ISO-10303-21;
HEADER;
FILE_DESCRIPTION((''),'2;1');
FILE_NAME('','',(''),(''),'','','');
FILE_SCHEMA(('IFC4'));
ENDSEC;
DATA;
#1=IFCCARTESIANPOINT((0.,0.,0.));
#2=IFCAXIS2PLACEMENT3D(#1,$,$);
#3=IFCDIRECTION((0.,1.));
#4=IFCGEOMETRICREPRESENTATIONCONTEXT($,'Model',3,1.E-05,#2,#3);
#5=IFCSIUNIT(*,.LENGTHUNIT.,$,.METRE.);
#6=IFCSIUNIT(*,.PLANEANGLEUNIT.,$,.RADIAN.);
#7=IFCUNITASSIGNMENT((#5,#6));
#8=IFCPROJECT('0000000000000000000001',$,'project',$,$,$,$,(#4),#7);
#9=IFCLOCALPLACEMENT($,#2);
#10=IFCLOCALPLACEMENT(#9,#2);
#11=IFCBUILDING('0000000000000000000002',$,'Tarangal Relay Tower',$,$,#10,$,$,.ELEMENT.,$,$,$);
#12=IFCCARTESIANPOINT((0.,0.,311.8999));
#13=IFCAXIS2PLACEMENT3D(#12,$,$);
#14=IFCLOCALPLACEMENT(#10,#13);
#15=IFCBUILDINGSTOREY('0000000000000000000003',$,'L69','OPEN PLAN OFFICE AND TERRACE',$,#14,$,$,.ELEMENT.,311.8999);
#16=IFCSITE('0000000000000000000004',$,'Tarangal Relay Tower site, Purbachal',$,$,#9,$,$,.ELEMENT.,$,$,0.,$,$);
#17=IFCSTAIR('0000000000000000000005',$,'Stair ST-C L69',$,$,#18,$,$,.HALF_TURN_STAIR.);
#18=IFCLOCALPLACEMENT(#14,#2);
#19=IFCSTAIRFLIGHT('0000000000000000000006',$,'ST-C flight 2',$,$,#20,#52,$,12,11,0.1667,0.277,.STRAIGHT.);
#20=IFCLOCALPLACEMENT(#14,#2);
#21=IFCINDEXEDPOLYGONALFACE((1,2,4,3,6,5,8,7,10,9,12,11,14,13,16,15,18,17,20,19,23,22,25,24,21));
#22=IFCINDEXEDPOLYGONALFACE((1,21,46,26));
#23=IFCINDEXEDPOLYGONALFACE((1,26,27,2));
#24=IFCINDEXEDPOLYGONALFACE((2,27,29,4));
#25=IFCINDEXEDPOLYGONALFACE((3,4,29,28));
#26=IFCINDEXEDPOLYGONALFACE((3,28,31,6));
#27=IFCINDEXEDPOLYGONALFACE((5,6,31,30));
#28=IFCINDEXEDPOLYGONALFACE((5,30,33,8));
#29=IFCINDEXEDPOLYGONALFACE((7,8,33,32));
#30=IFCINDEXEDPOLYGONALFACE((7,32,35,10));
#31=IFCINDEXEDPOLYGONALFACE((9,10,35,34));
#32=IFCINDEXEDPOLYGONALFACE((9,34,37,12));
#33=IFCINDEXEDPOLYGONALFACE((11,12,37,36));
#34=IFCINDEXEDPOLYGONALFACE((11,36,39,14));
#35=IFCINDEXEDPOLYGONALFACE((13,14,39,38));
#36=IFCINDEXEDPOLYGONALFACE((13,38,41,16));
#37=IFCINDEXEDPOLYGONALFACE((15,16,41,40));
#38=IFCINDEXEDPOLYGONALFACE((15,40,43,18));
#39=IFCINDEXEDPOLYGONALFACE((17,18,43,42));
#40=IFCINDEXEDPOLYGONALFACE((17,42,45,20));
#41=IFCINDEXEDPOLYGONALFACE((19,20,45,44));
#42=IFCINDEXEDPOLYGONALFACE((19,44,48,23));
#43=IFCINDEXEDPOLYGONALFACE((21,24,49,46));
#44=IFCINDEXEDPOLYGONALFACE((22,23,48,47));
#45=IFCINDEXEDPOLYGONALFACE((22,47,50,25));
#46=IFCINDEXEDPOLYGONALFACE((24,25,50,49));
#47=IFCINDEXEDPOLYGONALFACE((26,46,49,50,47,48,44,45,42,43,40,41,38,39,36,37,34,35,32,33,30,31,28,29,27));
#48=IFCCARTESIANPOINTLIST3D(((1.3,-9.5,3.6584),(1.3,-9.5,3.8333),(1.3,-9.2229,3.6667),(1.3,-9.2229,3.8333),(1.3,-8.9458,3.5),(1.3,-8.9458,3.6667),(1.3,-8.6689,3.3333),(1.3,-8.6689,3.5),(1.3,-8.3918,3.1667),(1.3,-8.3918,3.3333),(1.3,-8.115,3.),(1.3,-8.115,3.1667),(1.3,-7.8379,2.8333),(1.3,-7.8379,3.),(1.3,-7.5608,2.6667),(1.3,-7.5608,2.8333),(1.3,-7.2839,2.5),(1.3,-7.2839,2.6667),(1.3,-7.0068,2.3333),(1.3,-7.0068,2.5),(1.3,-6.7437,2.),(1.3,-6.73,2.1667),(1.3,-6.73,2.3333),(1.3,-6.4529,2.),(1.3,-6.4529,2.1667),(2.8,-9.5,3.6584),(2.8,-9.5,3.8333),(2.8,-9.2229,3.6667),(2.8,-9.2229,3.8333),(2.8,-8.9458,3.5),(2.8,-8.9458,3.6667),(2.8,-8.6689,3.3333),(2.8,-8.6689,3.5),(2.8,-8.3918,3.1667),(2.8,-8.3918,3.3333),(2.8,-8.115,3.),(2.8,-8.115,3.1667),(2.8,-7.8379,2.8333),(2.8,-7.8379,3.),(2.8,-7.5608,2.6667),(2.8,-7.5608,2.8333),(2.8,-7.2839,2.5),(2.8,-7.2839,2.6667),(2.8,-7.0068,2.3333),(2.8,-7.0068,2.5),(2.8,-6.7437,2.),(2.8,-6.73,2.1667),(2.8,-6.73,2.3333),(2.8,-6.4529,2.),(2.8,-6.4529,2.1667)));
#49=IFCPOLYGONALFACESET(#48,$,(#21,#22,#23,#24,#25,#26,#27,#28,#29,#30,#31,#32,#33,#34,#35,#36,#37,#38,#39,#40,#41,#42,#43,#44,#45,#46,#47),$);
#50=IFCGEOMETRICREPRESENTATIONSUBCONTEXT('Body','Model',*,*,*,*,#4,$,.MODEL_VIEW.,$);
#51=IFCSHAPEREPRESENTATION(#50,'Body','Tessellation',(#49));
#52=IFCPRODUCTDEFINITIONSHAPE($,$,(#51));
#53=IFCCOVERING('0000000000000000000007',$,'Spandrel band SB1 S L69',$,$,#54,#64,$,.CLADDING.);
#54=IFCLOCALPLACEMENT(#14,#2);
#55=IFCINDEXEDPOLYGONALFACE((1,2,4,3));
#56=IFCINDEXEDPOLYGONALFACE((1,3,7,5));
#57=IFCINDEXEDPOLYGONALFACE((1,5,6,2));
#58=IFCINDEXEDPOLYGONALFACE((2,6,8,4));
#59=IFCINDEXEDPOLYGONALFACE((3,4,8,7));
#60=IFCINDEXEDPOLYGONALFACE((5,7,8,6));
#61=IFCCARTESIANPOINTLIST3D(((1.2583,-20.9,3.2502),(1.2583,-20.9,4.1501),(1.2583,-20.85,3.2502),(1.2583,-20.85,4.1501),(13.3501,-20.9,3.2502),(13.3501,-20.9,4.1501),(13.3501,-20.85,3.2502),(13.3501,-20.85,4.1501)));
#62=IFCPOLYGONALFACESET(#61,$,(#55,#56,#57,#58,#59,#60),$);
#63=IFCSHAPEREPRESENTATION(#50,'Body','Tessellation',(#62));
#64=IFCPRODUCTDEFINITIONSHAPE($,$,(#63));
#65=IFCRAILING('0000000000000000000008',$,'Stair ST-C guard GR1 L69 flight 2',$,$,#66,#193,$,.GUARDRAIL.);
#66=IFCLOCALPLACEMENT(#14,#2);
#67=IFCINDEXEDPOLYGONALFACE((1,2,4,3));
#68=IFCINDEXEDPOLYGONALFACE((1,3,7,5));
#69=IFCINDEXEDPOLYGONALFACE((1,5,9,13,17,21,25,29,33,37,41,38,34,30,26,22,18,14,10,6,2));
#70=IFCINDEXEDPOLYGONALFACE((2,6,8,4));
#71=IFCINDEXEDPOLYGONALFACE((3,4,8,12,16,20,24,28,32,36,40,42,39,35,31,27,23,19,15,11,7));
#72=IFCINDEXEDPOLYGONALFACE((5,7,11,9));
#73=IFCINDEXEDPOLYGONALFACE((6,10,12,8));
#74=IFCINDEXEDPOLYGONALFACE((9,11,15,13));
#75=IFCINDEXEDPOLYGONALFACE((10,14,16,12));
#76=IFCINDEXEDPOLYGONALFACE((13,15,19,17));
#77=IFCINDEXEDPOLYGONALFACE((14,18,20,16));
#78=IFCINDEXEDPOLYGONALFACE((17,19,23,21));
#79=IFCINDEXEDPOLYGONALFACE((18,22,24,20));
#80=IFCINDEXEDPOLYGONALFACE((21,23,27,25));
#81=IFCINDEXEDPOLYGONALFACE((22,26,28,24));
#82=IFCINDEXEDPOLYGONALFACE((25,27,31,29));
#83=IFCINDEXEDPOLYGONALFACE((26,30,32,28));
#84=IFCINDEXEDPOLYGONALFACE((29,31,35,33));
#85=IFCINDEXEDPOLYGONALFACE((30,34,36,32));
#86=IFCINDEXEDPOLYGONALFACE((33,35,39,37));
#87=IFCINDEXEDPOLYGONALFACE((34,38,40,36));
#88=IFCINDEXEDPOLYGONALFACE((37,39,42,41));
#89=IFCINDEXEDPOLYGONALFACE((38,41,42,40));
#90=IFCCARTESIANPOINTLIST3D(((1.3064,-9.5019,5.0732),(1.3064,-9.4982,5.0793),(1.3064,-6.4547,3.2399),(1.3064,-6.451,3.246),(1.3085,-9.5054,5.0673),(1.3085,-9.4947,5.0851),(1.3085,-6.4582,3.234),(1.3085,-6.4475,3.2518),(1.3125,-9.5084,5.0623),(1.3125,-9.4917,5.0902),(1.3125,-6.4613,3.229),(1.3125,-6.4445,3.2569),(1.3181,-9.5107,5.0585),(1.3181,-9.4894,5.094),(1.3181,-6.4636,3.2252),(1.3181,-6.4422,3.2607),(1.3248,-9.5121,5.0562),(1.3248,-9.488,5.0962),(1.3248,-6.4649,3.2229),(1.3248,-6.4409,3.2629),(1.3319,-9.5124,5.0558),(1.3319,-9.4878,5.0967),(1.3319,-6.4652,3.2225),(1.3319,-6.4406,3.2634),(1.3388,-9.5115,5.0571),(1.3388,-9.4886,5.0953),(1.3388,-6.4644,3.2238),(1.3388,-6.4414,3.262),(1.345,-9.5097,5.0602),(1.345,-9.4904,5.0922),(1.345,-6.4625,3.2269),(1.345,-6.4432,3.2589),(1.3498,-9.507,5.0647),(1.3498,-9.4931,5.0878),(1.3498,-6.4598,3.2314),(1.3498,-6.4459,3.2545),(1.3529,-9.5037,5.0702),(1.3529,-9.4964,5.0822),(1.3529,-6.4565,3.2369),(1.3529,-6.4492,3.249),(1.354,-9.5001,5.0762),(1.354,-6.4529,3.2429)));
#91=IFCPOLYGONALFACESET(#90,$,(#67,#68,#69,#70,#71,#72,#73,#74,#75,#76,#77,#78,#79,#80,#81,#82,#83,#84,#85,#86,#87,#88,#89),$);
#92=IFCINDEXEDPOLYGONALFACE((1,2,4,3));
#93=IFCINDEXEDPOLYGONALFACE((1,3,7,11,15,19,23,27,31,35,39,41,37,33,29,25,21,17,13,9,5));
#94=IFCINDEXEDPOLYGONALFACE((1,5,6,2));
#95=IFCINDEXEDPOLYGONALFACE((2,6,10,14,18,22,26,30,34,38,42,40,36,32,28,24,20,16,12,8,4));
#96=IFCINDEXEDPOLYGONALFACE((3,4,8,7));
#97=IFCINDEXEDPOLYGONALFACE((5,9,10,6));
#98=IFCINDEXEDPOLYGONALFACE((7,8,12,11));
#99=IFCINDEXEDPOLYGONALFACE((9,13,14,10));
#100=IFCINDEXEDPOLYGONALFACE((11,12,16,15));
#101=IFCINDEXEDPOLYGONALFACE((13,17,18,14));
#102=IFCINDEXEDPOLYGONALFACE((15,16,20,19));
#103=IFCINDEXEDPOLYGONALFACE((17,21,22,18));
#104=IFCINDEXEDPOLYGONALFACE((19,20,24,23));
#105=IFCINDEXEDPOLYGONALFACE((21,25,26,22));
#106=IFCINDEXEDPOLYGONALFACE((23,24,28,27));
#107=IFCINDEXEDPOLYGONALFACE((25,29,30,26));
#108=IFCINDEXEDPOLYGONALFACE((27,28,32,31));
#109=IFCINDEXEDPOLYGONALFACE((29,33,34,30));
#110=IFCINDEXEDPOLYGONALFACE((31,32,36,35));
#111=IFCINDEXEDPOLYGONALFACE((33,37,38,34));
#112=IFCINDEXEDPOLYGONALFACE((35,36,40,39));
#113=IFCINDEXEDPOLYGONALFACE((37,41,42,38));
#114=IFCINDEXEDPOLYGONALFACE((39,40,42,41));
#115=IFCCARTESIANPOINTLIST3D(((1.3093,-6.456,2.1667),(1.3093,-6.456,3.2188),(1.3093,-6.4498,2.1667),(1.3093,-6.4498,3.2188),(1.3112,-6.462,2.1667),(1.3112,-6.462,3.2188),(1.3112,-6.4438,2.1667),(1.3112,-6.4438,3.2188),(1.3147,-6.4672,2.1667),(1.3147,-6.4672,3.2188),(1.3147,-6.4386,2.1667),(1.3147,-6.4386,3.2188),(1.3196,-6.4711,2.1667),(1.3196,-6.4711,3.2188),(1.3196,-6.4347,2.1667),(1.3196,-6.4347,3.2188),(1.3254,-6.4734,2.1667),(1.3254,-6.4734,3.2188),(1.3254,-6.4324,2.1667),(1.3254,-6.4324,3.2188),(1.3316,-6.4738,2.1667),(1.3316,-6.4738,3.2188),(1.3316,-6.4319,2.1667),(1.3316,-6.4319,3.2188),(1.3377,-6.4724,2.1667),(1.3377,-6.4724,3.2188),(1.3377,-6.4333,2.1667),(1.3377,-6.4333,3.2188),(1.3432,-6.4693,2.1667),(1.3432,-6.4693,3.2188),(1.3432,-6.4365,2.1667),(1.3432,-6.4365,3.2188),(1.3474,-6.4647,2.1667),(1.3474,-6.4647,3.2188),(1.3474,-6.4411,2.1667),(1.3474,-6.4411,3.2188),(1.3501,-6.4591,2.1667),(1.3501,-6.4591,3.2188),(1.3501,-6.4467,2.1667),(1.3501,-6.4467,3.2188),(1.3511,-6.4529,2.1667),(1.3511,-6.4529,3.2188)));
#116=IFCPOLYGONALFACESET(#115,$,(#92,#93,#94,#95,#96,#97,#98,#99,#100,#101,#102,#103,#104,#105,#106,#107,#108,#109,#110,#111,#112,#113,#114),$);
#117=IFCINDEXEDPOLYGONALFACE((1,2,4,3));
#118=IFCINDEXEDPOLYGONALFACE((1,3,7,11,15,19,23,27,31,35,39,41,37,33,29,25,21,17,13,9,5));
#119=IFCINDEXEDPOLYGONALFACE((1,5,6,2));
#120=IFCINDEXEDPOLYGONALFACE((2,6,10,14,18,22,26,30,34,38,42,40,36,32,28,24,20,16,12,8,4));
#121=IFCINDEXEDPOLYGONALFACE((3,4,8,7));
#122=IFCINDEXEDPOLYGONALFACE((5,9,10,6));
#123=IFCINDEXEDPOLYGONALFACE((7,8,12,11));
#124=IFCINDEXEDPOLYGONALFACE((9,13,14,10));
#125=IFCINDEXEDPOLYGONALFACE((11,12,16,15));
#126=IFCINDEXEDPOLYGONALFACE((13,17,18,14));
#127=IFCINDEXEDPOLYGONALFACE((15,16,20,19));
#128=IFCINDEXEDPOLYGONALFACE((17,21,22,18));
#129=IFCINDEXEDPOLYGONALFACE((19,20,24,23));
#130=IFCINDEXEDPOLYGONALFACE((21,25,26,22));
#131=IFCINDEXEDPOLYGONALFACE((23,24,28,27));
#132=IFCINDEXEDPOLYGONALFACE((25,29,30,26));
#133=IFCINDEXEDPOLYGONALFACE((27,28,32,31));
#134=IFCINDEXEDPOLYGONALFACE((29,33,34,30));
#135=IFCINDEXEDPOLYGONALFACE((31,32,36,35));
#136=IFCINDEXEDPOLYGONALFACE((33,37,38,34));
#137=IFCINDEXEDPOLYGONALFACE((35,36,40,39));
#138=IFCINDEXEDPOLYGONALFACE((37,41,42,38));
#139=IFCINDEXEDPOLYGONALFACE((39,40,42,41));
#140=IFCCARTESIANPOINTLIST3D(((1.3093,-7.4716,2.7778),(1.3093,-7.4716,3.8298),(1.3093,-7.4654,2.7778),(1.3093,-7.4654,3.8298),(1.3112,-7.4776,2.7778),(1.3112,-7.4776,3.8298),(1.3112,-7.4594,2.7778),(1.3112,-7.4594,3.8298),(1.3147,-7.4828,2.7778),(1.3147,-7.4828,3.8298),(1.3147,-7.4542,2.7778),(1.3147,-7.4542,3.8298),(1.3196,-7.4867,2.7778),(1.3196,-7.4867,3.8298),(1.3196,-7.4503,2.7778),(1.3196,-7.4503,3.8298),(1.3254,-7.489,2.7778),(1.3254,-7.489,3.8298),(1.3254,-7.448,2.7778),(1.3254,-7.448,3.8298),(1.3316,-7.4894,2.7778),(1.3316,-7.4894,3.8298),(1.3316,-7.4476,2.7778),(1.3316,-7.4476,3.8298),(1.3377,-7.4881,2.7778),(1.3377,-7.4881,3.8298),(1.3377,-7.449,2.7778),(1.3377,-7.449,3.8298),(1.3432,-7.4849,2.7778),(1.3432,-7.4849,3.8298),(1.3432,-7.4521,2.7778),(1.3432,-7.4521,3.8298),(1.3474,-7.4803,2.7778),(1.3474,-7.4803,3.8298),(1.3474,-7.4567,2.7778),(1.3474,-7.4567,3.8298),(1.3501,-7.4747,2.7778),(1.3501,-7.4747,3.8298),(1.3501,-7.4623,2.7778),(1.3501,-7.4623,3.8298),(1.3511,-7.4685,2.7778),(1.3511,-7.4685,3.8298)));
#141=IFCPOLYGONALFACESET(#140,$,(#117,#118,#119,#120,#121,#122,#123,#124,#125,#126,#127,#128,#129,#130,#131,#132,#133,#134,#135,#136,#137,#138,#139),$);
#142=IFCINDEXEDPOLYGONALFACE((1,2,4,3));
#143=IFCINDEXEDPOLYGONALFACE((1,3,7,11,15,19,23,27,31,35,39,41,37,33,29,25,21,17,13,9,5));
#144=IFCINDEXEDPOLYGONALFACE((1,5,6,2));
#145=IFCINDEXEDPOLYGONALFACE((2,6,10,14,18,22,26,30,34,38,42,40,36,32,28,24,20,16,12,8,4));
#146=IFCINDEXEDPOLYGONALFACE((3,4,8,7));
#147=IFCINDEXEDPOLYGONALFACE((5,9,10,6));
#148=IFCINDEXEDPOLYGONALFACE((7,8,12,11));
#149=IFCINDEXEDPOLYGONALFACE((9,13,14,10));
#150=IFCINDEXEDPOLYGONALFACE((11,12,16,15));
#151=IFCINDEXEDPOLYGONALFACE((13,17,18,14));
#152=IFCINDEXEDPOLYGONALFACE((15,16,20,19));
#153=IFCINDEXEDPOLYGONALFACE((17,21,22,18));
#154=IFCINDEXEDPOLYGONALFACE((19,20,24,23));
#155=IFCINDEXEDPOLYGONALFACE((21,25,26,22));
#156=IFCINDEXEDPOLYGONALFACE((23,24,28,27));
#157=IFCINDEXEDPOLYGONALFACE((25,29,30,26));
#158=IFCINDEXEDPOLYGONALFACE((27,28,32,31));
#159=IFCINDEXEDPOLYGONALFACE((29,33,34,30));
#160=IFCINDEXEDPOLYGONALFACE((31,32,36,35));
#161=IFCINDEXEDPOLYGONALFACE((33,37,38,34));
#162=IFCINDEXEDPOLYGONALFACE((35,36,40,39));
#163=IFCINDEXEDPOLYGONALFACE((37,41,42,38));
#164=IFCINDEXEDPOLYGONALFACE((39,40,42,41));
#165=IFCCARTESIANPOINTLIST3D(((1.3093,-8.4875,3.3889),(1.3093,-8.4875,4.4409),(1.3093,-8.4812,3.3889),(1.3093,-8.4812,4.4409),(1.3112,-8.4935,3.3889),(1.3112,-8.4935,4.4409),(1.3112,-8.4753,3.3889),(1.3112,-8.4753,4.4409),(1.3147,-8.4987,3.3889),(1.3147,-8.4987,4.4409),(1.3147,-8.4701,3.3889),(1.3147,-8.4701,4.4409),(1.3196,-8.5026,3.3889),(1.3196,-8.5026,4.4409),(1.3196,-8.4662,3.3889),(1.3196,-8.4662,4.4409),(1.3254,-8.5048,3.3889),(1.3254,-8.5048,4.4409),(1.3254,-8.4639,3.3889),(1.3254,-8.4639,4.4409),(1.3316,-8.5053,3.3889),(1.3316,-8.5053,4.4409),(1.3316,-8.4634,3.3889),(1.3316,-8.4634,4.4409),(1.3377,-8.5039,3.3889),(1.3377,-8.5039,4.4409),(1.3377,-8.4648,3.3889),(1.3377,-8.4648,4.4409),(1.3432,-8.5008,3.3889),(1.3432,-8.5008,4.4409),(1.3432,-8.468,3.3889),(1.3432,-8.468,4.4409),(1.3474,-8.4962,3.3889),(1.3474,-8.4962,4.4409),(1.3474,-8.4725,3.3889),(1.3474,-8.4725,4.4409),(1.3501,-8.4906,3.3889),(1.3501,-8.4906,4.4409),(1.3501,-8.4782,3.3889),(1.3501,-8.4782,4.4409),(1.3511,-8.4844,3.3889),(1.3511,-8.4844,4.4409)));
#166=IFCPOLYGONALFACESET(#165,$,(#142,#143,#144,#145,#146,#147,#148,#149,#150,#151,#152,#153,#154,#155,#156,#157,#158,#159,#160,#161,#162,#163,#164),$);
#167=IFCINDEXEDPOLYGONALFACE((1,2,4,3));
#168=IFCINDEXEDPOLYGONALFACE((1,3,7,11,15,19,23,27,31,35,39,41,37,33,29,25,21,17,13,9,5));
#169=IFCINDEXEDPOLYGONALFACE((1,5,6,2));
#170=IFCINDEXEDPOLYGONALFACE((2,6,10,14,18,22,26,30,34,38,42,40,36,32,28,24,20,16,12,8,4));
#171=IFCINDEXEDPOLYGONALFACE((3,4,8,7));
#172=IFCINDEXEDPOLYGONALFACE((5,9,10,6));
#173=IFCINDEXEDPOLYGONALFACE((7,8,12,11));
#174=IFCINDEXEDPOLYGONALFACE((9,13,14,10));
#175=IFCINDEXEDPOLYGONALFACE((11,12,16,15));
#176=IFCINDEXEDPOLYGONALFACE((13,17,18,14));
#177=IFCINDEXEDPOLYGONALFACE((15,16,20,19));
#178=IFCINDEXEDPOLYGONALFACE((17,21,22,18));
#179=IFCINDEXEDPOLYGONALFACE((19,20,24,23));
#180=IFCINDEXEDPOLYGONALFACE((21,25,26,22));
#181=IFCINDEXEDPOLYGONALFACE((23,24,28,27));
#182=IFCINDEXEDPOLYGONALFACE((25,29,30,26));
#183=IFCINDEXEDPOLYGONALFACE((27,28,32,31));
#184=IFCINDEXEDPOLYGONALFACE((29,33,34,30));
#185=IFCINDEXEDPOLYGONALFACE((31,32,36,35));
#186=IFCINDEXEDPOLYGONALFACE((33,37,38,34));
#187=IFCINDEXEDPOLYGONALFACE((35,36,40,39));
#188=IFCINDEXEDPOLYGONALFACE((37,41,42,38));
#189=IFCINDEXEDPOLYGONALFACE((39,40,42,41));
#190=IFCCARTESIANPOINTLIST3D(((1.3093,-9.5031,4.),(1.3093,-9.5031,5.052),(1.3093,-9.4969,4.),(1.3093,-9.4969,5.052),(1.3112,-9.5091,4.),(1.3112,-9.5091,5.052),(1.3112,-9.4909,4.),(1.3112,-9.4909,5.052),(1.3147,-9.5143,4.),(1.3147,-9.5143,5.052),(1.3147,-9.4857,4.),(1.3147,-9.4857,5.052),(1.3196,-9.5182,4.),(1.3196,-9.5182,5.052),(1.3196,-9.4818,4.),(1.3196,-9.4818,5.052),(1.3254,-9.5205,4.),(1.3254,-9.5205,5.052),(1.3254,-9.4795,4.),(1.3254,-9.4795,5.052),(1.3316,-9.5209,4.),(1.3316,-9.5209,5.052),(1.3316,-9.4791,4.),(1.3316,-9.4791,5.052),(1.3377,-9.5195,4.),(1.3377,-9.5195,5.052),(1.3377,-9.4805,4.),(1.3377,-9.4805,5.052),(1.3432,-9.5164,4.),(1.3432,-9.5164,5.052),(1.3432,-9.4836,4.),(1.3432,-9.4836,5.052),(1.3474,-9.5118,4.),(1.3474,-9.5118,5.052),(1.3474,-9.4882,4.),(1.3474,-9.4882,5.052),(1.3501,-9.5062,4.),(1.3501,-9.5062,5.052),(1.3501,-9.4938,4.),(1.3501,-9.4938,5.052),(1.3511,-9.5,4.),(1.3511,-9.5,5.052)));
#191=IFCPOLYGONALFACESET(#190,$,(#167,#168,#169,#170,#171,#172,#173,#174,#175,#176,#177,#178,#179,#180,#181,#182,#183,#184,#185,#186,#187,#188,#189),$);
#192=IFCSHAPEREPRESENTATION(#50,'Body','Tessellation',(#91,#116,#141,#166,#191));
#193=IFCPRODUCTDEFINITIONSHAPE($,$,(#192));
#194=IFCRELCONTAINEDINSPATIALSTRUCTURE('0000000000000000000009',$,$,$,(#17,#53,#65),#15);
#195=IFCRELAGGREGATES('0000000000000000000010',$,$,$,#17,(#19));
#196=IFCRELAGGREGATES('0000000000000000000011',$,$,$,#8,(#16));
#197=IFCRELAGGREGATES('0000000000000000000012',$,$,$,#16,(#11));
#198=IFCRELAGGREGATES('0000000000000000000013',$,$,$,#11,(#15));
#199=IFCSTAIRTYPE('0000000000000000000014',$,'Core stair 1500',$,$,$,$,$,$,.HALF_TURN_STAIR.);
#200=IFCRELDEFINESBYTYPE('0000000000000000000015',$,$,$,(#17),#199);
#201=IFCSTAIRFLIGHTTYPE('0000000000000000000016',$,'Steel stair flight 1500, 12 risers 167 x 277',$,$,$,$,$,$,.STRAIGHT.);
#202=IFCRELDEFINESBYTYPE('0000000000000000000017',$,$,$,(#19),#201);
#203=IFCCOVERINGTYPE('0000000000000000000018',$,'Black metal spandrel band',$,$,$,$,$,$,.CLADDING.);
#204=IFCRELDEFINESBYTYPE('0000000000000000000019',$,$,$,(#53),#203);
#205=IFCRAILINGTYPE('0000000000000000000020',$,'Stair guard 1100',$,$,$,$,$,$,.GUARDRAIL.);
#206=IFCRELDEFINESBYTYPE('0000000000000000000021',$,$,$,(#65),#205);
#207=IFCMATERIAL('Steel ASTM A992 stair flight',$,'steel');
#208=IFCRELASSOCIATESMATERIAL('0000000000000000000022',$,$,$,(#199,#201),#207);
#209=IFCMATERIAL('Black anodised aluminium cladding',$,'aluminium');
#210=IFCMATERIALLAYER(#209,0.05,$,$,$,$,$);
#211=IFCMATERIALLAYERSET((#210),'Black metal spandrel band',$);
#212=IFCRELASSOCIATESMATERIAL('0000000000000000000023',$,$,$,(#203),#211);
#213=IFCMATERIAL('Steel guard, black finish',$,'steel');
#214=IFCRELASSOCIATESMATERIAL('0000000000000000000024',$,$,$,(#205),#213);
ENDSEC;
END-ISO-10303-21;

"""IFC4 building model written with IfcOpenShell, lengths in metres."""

from ifc_helpers import new_model, si_unit, direction, frame, origin, origin_2d, place, context, subcontext, project, spatial, polyline, rectangle, circle, outline, extrude, material, layer, layer_set, type_object, element, aggregate, save


model = new_model("IFC4")

# Units and contexts
model_context = context("Model", 3, precision=1e-05, world=origin(), true_north=direction((0.0, 1.0)))
body_context = subcontext(model_context, "Body", "Model", "MODEL_VIEW")
ifc_project = project(units=[si_unit("LENGTHUNIT", "METRE"), si_unit("PLANEANGLEUNIT", "RADIAN")], contexts=[model_context])

# Site, building, storey
site_placement = place(None, origin())
site = spatial("IfcSite", under=ifc_project, at=site_placement, Name="Tarangal Relay Tower site, Purbachal", CompositionType="ELEMENT", RefElevation=0.0)
building_placement = place(site_placement, origin())
building = spatial("IfcBuilding", under=site, at=building_placement, Name="Tarangal Relay Tower", CompositionType="ELEMENT")
storey_placement = place(building_placement, frame((0.0, 0.0, 311.8999)))
storey = spatial("IfcBuildingStorey", under=building, at=storey_placement, Name="L69", Description="OPEN PLAN OFFICE AND TERRACE", CompositionType="ELEMENT", Elevation=311.8999)

# Stair, stair flight
ifc_material_1 = material(Name="Steel ASTM A992 stair flight", Category="steel")
stair_type = type_object("IfcStairType", Name="Core stair 1500", PredefinedType="HALF_TURN_STAIR", material=ifc_material_1)
stair_placement = place(storey_placement, origin())
stair = element("IfcStair", 1, at=stair_placement, inside=storey, type_object=stair_type, Name="Stair ST-C L69", PredefinedType="HALF_TURN_STAIR")
stair_flight_type = type_object("IfcStairFlightType", Name="Steel stair flight 1500, 12 risers 167 x 277", PredefinedType="STRAIGHT", material=ifc_material_1)
stair_flight_placement = place(storey_placement, frame((2.05, -6.4529, 2.0), z_axis=(0.0, 0.0, 1.0), x_axis=(0.0, -1.0, 0.0)))
stair_flight = element("IfcStairFlight", 2, at=stair_flight_placement, type_object=stair_flight_type, Name="ST-C flight 2", NumberOfRisers=12, NumberOfTreads=11, PredefinedType="STRAIGHT", RiserHeight=0.1667, TreadLength=0.277, context=body_context, shape_type="SweptSolid", body=[
    extrude(outline(polyline([(0.0, 0.0), (0.0, 0.1667), (0.2771, 0.1667), (0.2771, 0.3333), (0.554, 0.3333), (0.554, 0.5), (0.8311, 0.5), (0.8311, 0.6667), (1.1079, 0.6667), (1.1079, 0.8333), (1.385, 0.8333), (1.385, 1.0), (1.6621, 1.0), (1.6621, 1.1667), (1.939, 1.1667), (1.939, 1.3333), (2.2161, 1.3333), (2.2161, 1.5), (2.4929, 1.5), (2.4929, 1.6667), (2.77, 1.6667), (2.77, 1.8333), (3.0471, 1.8333), (3.0471, 2.0), (3.0471, 1.6584), (0.2908, 0.0), (0.0, 0.0)])), frame((0.0, 0.75, 0.0), z_axis=(0.0, -1.0, 0.0), x_axis=(1.0, 0.0, 0.0)), (0.0, 0.0, 1.0), 1.5),
])
aggregate(stair, [stair_flight])

# Covering
ifc_material_2 = material(Name="Black anodised aluminium cladding", Category="aluminium")
ifc_layer_1 = layer(ifc_material_2, 0.05)
ifc_layer_set_1 = layer_set([ifc_layer_1], Name="Black metal spandrel band")
covering_type = type_object("IfcCoveringType", Name="Black metal spandrel band", PredefinedType="CLADDING", material=ifc_layer_set_1)
covering_placement = place(storey_placement, frame((7.3042, -20.875, 3.2502), z_axis=(0.0, 0.0, 1.0), x_axis=(-1.0, 0.0, 0.0)))
element("IfcCovering", 3, at=covering_placement, inside=storey, type_object=covering_type, Name="Spandrel band SB1 S L69", PredefinedType="CLADDING", context=body_context, shape_type="SweptSolid", body=[
    extrude(rectangle(XDim=12.0918, YDim=0.05, at=origin_2d()), origin(), (0.0, 0.0, 1.0), 0.8999),
])

# Railing
ifc_material_3 = material(Name="Steel guard, black finish", Category="steel")
railing_type_1 = type_object("IfcRailingType", Name="Stair guard 1100", PredefinedType="GUARDRAIL", material=ifc_material_3)
railing_1_placement = place(storey_placement, frame((1.3301, -6.4529, 2.1667)))
element("IfcRailing", 4, at=railing_1_placement, inside=storey, type_object=railing_type_1, Name="Stair ST-C guard GR1 L69 flight 2", PredefinedType="GUARDRAIL", context=body_context, shape_type="SweptSolid", body=[
    extrude(circle(Radius=0.0239, at=origin_2d()), frame((0.0, 0.0, 1.0762), z_axis=(0.0, -0.856874, 0.515525), x_axis=(1.0, 0.0, 0.0)), (0.0, 0.0, 1.0), 3.5562),
    extrude(circle(Radius=0.021, at=origin_2d()), origin(), (0.0, 0.0, 1.0), 1.052),
    extrude(circle(Radius=0.021, at=origin_2d()), frame((0.0, -1.0156, 0.6111)), (0.0, 0.0, 1.0), 1.052),
    extrude(circle(Radius=0.021, at=origin_2d()), frame((0.0, -2.0315, 1.2222)), (0.0, 0.0, 1.0), 1.052),
    extrude(circle(Radius=0.021, at=origin_2d()), frame((0.0, -3.0471, 1.8333)), (0.0, 0.0, 1.0), 1.052),
])

save(model, "model.ifc")
